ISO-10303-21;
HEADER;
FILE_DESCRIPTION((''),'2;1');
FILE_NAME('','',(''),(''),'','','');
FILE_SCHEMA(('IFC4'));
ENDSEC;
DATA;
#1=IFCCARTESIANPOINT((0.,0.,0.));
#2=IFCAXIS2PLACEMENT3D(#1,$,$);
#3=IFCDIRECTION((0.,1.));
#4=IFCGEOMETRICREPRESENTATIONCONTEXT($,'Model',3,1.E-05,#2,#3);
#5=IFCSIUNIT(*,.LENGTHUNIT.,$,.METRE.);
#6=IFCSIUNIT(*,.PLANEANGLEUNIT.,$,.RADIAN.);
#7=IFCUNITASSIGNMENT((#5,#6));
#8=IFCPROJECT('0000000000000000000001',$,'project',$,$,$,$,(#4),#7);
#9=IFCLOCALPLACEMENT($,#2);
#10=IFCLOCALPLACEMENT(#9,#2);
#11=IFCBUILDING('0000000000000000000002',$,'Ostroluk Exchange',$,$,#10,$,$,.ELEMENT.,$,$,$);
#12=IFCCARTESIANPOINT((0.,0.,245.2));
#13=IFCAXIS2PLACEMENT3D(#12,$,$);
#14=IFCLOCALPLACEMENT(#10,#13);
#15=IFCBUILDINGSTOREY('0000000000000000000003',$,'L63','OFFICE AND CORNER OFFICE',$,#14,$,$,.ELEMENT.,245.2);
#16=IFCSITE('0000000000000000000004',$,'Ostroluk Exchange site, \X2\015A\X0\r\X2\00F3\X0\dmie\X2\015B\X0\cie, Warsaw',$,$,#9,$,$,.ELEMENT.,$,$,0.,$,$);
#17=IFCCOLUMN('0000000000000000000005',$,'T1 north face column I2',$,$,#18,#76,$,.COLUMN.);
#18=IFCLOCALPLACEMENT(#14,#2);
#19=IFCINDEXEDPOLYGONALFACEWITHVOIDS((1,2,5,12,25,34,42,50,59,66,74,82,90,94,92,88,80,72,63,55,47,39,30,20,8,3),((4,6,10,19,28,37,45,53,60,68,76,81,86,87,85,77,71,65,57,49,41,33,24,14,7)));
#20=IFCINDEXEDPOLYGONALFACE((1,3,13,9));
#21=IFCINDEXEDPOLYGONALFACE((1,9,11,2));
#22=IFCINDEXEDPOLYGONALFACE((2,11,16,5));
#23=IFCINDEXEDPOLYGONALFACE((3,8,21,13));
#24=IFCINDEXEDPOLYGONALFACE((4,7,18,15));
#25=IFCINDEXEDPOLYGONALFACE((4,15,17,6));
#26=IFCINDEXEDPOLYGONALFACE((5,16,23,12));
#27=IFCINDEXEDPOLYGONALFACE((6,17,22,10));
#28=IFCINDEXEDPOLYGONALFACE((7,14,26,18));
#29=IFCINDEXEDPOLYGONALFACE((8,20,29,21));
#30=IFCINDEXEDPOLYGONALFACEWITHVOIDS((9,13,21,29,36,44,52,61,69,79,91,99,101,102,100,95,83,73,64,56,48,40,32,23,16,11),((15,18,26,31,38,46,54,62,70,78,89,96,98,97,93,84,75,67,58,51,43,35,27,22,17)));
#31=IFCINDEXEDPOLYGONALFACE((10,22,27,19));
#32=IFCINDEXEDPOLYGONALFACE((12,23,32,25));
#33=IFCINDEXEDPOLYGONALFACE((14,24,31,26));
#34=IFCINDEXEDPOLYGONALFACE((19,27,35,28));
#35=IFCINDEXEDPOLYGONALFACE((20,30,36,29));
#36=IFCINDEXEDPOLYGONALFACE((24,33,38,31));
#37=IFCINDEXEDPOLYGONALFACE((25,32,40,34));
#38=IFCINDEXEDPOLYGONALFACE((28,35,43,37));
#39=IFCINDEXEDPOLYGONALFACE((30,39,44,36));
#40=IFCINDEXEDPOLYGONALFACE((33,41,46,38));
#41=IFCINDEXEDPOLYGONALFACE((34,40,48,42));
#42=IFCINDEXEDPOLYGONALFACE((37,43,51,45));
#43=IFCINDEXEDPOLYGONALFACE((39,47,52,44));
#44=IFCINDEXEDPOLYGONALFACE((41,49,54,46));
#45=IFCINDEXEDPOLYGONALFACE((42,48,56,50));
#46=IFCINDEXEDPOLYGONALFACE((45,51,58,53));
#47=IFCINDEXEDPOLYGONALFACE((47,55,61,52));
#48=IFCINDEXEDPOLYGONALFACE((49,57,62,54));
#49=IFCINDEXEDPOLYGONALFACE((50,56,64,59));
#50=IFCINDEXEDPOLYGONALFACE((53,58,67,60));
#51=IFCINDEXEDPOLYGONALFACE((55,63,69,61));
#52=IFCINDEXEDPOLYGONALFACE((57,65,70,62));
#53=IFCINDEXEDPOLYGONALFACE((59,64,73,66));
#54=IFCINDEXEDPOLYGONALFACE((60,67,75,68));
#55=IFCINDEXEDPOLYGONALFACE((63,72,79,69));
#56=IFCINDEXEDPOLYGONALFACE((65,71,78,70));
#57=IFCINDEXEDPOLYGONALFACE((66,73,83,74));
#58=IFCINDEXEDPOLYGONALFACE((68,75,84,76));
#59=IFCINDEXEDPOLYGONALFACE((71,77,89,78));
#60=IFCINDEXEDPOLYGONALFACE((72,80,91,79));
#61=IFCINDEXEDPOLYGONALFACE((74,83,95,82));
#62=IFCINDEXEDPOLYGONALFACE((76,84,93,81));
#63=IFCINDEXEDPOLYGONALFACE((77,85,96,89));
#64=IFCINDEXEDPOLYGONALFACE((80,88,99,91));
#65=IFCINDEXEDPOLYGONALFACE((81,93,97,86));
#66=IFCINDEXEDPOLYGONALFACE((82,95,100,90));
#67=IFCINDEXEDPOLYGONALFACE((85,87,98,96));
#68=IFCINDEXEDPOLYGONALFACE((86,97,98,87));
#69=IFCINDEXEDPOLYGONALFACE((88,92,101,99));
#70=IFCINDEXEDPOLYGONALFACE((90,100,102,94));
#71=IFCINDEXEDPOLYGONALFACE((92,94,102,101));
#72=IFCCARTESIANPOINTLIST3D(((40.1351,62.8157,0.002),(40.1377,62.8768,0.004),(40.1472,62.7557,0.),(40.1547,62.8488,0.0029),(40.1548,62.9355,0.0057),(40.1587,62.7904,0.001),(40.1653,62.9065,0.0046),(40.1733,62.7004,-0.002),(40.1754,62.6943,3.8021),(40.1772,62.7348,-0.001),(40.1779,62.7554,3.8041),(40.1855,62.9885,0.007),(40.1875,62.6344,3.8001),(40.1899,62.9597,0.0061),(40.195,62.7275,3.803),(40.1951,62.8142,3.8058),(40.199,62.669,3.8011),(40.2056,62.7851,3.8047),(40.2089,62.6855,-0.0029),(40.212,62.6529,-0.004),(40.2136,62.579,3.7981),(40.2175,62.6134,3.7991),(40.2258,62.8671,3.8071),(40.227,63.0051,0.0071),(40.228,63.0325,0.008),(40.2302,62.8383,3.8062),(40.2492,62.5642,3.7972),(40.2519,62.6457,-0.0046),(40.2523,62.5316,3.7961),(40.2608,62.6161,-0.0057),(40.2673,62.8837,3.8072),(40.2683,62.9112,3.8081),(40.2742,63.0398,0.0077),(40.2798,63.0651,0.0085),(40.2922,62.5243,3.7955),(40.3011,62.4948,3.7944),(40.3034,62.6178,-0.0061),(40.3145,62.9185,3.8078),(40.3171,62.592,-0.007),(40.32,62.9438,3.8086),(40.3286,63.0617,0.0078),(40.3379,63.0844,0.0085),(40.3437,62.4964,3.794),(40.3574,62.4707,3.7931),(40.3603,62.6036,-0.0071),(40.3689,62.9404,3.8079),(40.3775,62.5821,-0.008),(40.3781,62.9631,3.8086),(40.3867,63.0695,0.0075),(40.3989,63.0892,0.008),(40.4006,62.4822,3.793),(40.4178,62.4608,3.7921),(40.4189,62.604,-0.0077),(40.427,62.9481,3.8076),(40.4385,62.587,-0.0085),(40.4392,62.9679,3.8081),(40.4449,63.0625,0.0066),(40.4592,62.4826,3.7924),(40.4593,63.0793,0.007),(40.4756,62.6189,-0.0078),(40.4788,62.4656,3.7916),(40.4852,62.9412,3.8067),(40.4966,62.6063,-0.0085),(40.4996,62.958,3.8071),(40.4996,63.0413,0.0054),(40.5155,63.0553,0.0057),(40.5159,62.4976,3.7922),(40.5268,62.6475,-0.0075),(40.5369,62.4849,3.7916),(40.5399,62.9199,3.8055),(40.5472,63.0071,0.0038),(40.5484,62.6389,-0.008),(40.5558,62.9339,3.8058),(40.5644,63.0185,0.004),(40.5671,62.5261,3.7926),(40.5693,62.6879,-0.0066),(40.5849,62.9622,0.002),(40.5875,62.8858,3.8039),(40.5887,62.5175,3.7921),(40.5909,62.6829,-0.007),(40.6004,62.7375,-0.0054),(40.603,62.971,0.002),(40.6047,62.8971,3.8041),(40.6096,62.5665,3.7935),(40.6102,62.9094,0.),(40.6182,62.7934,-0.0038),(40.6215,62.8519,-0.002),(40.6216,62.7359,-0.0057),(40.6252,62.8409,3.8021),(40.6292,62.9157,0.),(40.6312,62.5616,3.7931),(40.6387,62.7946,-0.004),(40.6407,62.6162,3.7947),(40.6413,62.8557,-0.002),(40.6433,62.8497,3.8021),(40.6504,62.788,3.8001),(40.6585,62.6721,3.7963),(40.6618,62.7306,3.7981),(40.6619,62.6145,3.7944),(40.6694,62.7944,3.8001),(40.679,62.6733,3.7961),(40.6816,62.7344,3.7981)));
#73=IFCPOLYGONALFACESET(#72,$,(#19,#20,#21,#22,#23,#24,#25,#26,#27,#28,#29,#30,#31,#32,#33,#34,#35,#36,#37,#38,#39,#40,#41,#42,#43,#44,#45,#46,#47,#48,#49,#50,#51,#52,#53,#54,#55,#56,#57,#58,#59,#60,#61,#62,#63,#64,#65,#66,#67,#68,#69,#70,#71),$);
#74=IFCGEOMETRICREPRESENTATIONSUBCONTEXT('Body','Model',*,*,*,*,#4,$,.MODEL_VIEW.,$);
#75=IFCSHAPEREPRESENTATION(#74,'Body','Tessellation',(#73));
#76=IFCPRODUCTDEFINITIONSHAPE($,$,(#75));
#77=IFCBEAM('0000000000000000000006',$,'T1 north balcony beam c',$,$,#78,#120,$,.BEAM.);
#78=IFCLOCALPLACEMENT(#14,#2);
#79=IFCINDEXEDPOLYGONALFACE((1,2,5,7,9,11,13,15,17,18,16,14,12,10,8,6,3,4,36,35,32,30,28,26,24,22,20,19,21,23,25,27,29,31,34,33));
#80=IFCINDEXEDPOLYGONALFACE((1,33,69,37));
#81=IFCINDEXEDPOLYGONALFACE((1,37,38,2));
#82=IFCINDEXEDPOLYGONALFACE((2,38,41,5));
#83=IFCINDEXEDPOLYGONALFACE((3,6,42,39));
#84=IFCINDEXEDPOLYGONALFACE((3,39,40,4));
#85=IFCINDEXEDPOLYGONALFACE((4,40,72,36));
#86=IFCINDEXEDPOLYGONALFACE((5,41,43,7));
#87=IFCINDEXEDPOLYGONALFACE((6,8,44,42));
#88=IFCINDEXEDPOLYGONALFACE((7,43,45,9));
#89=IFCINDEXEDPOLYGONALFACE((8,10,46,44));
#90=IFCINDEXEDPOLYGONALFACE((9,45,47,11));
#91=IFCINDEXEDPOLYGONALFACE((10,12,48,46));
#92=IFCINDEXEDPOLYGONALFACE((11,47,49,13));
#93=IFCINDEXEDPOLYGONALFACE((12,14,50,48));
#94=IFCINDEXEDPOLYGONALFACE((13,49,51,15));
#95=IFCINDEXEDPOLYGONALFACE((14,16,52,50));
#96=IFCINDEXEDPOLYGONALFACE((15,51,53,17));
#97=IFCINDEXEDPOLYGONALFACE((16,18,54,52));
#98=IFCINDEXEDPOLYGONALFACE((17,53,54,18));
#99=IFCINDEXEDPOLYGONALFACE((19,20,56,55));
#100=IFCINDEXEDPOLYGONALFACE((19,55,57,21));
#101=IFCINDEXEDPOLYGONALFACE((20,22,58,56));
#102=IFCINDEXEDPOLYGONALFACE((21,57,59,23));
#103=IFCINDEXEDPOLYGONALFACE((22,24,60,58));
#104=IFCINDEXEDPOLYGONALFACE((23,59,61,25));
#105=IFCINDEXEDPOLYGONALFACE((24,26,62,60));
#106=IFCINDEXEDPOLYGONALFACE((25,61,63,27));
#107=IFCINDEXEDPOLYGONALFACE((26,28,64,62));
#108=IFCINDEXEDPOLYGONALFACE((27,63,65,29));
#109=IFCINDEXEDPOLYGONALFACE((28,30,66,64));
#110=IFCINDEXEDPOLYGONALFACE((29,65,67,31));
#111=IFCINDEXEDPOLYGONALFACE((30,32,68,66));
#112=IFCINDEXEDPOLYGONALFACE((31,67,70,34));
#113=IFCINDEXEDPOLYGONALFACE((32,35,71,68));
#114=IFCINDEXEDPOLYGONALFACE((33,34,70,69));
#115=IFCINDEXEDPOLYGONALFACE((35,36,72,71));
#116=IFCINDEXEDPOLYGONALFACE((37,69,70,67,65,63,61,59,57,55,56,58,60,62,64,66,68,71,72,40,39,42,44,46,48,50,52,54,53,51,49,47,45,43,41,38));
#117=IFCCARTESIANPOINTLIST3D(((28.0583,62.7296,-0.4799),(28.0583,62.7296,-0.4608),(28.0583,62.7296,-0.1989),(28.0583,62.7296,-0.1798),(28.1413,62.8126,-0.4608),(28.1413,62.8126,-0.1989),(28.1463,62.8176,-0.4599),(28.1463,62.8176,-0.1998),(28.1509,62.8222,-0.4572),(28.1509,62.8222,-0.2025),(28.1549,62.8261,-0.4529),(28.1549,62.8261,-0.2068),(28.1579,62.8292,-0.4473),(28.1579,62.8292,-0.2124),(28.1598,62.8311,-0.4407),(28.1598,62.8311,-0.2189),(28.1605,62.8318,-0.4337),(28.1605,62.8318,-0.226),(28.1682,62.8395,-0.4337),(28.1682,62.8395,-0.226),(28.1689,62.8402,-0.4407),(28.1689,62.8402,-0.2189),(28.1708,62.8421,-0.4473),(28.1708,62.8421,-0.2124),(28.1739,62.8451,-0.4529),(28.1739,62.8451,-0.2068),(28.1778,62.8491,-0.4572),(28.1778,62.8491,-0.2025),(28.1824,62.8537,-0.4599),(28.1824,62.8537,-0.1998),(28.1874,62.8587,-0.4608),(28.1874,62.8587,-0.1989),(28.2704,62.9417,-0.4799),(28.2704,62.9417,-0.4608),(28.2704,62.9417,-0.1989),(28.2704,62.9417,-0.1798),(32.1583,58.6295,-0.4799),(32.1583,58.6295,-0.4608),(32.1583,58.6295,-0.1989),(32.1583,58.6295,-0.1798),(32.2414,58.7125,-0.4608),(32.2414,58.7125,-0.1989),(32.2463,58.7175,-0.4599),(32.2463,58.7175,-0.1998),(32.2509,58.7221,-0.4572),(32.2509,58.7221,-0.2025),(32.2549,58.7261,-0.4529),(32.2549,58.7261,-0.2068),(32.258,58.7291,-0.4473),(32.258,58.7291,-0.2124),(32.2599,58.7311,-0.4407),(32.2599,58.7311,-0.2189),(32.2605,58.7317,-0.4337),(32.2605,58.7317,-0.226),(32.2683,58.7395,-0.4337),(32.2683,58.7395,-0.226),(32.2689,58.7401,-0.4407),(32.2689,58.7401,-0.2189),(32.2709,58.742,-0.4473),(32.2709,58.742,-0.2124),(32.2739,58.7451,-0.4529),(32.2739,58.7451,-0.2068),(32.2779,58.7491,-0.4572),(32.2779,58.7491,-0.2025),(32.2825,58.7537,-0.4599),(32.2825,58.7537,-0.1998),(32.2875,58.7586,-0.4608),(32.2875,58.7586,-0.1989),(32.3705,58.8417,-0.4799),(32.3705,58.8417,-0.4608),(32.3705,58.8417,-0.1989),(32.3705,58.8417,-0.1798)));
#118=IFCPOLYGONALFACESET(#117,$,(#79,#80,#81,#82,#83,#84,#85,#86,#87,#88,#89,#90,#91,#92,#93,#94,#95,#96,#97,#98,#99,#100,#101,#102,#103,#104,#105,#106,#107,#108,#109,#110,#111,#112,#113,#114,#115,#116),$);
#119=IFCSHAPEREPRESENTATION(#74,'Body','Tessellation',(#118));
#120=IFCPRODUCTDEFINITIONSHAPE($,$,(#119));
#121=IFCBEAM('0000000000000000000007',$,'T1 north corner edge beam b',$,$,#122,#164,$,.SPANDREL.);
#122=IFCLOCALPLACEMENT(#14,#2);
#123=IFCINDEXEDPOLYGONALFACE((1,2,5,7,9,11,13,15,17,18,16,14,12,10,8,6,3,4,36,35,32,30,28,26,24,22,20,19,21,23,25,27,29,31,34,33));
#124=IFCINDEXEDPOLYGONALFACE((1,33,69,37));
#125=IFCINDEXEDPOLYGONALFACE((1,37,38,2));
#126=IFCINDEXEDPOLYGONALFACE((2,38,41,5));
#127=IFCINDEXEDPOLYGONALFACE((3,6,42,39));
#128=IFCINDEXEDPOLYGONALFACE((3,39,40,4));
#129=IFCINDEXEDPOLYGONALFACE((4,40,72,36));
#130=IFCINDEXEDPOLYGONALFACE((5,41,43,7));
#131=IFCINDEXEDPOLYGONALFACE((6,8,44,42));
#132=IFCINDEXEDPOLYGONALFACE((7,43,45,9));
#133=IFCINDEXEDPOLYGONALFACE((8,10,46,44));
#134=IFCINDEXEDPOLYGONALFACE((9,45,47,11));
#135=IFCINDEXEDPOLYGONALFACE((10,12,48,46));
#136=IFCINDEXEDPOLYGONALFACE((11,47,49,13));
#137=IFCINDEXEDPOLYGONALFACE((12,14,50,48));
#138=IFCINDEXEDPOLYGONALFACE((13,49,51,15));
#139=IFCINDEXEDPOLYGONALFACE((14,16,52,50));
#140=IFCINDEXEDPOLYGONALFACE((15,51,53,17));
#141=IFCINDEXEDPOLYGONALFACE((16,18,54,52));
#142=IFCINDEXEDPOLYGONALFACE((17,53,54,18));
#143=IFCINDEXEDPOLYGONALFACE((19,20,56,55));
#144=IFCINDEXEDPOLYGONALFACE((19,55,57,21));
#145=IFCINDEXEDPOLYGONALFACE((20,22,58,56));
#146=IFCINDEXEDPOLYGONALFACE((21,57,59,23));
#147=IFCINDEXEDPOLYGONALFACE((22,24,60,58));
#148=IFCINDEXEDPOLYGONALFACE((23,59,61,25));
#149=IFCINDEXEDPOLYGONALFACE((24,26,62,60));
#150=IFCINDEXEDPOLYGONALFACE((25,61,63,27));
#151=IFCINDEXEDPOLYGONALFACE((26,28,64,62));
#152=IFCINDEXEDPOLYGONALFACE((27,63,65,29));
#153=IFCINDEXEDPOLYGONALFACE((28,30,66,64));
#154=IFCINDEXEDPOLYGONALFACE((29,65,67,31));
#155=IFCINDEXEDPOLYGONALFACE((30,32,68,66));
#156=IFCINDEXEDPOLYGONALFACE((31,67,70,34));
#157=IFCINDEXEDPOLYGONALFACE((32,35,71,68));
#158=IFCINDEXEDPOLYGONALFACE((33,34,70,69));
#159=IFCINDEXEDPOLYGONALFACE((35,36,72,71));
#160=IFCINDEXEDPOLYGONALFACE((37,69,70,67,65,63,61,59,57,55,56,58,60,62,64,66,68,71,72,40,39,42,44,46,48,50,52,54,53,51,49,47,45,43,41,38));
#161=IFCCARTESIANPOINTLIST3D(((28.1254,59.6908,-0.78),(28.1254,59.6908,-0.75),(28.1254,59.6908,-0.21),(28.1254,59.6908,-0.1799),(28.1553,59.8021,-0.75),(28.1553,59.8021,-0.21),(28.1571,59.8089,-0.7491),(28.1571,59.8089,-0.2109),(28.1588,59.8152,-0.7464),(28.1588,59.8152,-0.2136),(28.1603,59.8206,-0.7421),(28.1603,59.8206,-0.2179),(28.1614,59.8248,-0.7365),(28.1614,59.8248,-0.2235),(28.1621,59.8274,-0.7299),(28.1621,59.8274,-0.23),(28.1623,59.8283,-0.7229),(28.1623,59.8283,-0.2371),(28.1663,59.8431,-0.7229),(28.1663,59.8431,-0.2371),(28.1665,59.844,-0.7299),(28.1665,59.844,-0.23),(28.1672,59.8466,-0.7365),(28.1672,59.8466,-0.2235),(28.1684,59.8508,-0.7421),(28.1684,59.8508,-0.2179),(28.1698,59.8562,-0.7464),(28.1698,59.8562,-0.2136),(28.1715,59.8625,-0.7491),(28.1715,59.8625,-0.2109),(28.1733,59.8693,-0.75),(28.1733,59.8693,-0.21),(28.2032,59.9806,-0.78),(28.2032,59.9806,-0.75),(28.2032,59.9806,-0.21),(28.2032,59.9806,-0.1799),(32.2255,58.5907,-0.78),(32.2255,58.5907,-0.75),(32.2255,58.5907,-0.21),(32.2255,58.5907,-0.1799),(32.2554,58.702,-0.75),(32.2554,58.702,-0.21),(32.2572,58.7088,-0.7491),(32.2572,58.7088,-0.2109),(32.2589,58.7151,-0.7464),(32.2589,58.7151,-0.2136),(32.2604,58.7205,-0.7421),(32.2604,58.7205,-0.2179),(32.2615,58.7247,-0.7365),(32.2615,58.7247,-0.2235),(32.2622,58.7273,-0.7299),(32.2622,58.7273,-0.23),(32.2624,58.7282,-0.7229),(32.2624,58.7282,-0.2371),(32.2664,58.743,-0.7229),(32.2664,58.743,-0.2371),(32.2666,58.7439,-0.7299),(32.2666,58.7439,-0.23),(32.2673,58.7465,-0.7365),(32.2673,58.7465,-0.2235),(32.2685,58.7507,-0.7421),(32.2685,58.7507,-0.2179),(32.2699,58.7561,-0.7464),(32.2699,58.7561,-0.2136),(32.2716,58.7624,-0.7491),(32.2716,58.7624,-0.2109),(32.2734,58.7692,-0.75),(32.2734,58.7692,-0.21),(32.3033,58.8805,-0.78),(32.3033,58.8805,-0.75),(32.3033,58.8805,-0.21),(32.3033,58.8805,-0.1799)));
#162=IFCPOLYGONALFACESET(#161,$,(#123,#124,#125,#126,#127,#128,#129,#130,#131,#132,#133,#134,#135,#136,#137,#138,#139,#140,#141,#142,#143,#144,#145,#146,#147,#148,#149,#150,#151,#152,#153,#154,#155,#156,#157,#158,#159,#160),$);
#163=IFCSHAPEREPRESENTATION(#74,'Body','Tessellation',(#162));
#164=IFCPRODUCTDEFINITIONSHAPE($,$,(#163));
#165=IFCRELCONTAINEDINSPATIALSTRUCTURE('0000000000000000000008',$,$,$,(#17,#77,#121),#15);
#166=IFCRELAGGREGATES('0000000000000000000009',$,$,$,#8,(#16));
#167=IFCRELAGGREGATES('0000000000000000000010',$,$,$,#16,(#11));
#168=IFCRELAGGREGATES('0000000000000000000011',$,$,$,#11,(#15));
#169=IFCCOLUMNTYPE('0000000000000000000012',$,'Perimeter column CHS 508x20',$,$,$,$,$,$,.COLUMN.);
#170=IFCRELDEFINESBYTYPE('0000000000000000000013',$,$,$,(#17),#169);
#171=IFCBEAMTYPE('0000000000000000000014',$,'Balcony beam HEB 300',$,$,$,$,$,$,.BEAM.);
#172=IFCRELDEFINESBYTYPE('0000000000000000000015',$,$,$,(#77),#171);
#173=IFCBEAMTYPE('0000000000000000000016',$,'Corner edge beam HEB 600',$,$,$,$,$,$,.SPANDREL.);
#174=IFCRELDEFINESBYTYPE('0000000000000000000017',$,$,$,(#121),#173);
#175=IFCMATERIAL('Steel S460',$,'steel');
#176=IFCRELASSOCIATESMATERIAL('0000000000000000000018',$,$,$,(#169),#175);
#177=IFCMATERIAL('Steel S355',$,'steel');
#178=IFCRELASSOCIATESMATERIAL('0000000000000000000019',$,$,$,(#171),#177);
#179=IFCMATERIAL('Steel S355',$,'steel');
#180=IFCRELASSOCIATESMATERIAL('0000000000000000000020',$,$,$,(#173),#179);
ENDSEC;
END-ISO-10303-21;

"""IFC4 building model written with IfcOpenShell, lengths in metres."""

from ifc_helpers import new_model, si_unit, direction, frame, origin, origin_2d, place, context, subcontext, project, spatial, hollow_circle, i_section, extrude, material, material_profile, profile_set, type_object, element, save


model = new_model("IFC4")

# Units and contexts
model_context = context("Model", 3, precision=1e-05, world=origin(), true_north=direction((0.0, 1.0)))
body_context = subcontext(model_context, "Body", "Model", "MODEL_VIEW")
ifc_project = project(units=[si_unit("LENGTHUNIT", "METRE"), si_unit("PLANEANGLEUNIT", "RADIAN")], contexts=[model_context])

# Site, building, storey
site_placement = place(None, origin())
site = spatial("IfcSite", under=ifc_project, at=site_placement, Name="Ostroluk Exchange site, Śródmieście, Warsaw", CompositionType="ELEMENT", RefElevation=0.0)
building_placement = place(site_placement, origin())
building = spatial("IfcBuilding", under=site, at=building_placement, Name="Ostroluk Exchange", CompositionType="ELEMENT")
storey_placement = place(building_placement, frame((0.0, 0.0, 245.2)))
storey = spatial("IfcBuildingStorey", under=building, at=storey_placement, Name="L63", Description="OFFICE AND CORNER OFFICE", CompositionType="ELEMENT", Elevation=245.2)

# Column
ifc_material_1 = material(Name="Steel S460", Category="steel")
ifc_material_profile_1 = material_profile(ifc_material_1, hollow_circle(Radius=0.2539, WallThickness=0.02, at=origin_2d()), Name="CHS 508x20")
ifc_profile_set_1 = profile_set([ifc_material_profile_1], Name="Steel S460")
column_type = type_object("IfcColumnType", Name="Perimeter column CHS 508x20", PredefinedType="COLUMN", material=ifc_profile_set_1)
column_placement = place(storey_placement, frame((40.3882, 62.8357, 0.0), z_axis=(0.010595, -0.031913, 0.999435), x_axis=(0.949065, 0.315082, 0.0)))
element("IfcColumn", 1, at=column_placement, inside=storey, type_object=column_type, Name="T1 north face column I2", PredefinedType="COLUMN", context=body_context, shape_type="SweptSolid", body=[
    extrude(hollow_circle(Radius=0.2539, WallThickness=0.02, at=origin_2d()), origin(), (0.0, 0.0, 1.0), 3.8022),
])

# Beams
ifc_material_2 = material(Name="Steel S355", Category="steel")
ifc_material_profile_2 = material_profile(ifc_material_2, i_section(OverallWidth=0.3, OverallDepth=0.3, WebThickness=0.011, FlangeThickness=0.019, FilletRadius=0.0271, at=origin_2d()), Name="HEB 300")
ifc_profile_set_2 = profile_set([ifc_material_profile_2], Name="Steel S355")
beam_type_1 = type_object("IfcBeamType", Name="Balcony beam HEB 300", PredefinedType="BEAM", material=ifc_profile_set_2)
beam_1_placement = place(storey_placement, frame((32.2644, 58.7356, -0.3298), z_axis=(-0.707107, 0.707107, 0.0), x_axis=(-0.707107, -0.707107, 0.0)))
element("IfcBeam", 2, at=beam_1_placement, inside=storey, type_object=beam_type_1, Name="T1 north balcony beam c", PredefinedType="BEAM", context=body_context, shape_type="SweptSolid", body=[
    extrude(i_section(OverallWidth=0.3, OverallDepth=0.3, WebThickness=0.011, FlangeThickness=0.019, FilletRadius=0.0271, at=origin_2d()), origin(), (0.0, 0.0, 1.0), 5.7983),
])
ifc_material_3 = material(Name="Steel S355", Category="steel")
ifc_material_profile_3 = material_profile(ifc_material_3, i_section(OverallWidth=0.3, OverallDepth=0.6001, WebThickness=0.0154, FlangeThickness=0.03, FilletRadius=0.0271, at=origin_2d()), Name="HEB 600")
ifc_profile_set_3 = profile_set([ifc_material_profile_3], Name="Steel S355")
beam_type_2 = type_object("IfcBeamType", Name="Corner edge beam HEB 600", PredefinedType="SPANDREL", material=ifc_profile_set_3)
beam_2_placement = place(storey_placement, frame((32.2644, 58.7356, -0.48), z_axis=(-0.965839, 0.259144, 0.0), x_axis=(-0.259144, -0.965839, 0.0)))
element("IfcBeam", 3, at=beam_2_placement, inside=storey, type_object=beam_type_2, Name="T1 north corner edge beam b", PredefinedType="SPANDREL", context=body_context, shape_type="SweptSolid", body=[
    extrude(i_section(OverallWidth=0.3, OverallDepth=0.6001, WebThickness=0.0154, FlangeThickness=0.03, FilletRadius=0.0271, at=origin_2d()), origin(), (0.0, 0.0, 1.0), 4.2451),
])

save(model, "model.ifc")
